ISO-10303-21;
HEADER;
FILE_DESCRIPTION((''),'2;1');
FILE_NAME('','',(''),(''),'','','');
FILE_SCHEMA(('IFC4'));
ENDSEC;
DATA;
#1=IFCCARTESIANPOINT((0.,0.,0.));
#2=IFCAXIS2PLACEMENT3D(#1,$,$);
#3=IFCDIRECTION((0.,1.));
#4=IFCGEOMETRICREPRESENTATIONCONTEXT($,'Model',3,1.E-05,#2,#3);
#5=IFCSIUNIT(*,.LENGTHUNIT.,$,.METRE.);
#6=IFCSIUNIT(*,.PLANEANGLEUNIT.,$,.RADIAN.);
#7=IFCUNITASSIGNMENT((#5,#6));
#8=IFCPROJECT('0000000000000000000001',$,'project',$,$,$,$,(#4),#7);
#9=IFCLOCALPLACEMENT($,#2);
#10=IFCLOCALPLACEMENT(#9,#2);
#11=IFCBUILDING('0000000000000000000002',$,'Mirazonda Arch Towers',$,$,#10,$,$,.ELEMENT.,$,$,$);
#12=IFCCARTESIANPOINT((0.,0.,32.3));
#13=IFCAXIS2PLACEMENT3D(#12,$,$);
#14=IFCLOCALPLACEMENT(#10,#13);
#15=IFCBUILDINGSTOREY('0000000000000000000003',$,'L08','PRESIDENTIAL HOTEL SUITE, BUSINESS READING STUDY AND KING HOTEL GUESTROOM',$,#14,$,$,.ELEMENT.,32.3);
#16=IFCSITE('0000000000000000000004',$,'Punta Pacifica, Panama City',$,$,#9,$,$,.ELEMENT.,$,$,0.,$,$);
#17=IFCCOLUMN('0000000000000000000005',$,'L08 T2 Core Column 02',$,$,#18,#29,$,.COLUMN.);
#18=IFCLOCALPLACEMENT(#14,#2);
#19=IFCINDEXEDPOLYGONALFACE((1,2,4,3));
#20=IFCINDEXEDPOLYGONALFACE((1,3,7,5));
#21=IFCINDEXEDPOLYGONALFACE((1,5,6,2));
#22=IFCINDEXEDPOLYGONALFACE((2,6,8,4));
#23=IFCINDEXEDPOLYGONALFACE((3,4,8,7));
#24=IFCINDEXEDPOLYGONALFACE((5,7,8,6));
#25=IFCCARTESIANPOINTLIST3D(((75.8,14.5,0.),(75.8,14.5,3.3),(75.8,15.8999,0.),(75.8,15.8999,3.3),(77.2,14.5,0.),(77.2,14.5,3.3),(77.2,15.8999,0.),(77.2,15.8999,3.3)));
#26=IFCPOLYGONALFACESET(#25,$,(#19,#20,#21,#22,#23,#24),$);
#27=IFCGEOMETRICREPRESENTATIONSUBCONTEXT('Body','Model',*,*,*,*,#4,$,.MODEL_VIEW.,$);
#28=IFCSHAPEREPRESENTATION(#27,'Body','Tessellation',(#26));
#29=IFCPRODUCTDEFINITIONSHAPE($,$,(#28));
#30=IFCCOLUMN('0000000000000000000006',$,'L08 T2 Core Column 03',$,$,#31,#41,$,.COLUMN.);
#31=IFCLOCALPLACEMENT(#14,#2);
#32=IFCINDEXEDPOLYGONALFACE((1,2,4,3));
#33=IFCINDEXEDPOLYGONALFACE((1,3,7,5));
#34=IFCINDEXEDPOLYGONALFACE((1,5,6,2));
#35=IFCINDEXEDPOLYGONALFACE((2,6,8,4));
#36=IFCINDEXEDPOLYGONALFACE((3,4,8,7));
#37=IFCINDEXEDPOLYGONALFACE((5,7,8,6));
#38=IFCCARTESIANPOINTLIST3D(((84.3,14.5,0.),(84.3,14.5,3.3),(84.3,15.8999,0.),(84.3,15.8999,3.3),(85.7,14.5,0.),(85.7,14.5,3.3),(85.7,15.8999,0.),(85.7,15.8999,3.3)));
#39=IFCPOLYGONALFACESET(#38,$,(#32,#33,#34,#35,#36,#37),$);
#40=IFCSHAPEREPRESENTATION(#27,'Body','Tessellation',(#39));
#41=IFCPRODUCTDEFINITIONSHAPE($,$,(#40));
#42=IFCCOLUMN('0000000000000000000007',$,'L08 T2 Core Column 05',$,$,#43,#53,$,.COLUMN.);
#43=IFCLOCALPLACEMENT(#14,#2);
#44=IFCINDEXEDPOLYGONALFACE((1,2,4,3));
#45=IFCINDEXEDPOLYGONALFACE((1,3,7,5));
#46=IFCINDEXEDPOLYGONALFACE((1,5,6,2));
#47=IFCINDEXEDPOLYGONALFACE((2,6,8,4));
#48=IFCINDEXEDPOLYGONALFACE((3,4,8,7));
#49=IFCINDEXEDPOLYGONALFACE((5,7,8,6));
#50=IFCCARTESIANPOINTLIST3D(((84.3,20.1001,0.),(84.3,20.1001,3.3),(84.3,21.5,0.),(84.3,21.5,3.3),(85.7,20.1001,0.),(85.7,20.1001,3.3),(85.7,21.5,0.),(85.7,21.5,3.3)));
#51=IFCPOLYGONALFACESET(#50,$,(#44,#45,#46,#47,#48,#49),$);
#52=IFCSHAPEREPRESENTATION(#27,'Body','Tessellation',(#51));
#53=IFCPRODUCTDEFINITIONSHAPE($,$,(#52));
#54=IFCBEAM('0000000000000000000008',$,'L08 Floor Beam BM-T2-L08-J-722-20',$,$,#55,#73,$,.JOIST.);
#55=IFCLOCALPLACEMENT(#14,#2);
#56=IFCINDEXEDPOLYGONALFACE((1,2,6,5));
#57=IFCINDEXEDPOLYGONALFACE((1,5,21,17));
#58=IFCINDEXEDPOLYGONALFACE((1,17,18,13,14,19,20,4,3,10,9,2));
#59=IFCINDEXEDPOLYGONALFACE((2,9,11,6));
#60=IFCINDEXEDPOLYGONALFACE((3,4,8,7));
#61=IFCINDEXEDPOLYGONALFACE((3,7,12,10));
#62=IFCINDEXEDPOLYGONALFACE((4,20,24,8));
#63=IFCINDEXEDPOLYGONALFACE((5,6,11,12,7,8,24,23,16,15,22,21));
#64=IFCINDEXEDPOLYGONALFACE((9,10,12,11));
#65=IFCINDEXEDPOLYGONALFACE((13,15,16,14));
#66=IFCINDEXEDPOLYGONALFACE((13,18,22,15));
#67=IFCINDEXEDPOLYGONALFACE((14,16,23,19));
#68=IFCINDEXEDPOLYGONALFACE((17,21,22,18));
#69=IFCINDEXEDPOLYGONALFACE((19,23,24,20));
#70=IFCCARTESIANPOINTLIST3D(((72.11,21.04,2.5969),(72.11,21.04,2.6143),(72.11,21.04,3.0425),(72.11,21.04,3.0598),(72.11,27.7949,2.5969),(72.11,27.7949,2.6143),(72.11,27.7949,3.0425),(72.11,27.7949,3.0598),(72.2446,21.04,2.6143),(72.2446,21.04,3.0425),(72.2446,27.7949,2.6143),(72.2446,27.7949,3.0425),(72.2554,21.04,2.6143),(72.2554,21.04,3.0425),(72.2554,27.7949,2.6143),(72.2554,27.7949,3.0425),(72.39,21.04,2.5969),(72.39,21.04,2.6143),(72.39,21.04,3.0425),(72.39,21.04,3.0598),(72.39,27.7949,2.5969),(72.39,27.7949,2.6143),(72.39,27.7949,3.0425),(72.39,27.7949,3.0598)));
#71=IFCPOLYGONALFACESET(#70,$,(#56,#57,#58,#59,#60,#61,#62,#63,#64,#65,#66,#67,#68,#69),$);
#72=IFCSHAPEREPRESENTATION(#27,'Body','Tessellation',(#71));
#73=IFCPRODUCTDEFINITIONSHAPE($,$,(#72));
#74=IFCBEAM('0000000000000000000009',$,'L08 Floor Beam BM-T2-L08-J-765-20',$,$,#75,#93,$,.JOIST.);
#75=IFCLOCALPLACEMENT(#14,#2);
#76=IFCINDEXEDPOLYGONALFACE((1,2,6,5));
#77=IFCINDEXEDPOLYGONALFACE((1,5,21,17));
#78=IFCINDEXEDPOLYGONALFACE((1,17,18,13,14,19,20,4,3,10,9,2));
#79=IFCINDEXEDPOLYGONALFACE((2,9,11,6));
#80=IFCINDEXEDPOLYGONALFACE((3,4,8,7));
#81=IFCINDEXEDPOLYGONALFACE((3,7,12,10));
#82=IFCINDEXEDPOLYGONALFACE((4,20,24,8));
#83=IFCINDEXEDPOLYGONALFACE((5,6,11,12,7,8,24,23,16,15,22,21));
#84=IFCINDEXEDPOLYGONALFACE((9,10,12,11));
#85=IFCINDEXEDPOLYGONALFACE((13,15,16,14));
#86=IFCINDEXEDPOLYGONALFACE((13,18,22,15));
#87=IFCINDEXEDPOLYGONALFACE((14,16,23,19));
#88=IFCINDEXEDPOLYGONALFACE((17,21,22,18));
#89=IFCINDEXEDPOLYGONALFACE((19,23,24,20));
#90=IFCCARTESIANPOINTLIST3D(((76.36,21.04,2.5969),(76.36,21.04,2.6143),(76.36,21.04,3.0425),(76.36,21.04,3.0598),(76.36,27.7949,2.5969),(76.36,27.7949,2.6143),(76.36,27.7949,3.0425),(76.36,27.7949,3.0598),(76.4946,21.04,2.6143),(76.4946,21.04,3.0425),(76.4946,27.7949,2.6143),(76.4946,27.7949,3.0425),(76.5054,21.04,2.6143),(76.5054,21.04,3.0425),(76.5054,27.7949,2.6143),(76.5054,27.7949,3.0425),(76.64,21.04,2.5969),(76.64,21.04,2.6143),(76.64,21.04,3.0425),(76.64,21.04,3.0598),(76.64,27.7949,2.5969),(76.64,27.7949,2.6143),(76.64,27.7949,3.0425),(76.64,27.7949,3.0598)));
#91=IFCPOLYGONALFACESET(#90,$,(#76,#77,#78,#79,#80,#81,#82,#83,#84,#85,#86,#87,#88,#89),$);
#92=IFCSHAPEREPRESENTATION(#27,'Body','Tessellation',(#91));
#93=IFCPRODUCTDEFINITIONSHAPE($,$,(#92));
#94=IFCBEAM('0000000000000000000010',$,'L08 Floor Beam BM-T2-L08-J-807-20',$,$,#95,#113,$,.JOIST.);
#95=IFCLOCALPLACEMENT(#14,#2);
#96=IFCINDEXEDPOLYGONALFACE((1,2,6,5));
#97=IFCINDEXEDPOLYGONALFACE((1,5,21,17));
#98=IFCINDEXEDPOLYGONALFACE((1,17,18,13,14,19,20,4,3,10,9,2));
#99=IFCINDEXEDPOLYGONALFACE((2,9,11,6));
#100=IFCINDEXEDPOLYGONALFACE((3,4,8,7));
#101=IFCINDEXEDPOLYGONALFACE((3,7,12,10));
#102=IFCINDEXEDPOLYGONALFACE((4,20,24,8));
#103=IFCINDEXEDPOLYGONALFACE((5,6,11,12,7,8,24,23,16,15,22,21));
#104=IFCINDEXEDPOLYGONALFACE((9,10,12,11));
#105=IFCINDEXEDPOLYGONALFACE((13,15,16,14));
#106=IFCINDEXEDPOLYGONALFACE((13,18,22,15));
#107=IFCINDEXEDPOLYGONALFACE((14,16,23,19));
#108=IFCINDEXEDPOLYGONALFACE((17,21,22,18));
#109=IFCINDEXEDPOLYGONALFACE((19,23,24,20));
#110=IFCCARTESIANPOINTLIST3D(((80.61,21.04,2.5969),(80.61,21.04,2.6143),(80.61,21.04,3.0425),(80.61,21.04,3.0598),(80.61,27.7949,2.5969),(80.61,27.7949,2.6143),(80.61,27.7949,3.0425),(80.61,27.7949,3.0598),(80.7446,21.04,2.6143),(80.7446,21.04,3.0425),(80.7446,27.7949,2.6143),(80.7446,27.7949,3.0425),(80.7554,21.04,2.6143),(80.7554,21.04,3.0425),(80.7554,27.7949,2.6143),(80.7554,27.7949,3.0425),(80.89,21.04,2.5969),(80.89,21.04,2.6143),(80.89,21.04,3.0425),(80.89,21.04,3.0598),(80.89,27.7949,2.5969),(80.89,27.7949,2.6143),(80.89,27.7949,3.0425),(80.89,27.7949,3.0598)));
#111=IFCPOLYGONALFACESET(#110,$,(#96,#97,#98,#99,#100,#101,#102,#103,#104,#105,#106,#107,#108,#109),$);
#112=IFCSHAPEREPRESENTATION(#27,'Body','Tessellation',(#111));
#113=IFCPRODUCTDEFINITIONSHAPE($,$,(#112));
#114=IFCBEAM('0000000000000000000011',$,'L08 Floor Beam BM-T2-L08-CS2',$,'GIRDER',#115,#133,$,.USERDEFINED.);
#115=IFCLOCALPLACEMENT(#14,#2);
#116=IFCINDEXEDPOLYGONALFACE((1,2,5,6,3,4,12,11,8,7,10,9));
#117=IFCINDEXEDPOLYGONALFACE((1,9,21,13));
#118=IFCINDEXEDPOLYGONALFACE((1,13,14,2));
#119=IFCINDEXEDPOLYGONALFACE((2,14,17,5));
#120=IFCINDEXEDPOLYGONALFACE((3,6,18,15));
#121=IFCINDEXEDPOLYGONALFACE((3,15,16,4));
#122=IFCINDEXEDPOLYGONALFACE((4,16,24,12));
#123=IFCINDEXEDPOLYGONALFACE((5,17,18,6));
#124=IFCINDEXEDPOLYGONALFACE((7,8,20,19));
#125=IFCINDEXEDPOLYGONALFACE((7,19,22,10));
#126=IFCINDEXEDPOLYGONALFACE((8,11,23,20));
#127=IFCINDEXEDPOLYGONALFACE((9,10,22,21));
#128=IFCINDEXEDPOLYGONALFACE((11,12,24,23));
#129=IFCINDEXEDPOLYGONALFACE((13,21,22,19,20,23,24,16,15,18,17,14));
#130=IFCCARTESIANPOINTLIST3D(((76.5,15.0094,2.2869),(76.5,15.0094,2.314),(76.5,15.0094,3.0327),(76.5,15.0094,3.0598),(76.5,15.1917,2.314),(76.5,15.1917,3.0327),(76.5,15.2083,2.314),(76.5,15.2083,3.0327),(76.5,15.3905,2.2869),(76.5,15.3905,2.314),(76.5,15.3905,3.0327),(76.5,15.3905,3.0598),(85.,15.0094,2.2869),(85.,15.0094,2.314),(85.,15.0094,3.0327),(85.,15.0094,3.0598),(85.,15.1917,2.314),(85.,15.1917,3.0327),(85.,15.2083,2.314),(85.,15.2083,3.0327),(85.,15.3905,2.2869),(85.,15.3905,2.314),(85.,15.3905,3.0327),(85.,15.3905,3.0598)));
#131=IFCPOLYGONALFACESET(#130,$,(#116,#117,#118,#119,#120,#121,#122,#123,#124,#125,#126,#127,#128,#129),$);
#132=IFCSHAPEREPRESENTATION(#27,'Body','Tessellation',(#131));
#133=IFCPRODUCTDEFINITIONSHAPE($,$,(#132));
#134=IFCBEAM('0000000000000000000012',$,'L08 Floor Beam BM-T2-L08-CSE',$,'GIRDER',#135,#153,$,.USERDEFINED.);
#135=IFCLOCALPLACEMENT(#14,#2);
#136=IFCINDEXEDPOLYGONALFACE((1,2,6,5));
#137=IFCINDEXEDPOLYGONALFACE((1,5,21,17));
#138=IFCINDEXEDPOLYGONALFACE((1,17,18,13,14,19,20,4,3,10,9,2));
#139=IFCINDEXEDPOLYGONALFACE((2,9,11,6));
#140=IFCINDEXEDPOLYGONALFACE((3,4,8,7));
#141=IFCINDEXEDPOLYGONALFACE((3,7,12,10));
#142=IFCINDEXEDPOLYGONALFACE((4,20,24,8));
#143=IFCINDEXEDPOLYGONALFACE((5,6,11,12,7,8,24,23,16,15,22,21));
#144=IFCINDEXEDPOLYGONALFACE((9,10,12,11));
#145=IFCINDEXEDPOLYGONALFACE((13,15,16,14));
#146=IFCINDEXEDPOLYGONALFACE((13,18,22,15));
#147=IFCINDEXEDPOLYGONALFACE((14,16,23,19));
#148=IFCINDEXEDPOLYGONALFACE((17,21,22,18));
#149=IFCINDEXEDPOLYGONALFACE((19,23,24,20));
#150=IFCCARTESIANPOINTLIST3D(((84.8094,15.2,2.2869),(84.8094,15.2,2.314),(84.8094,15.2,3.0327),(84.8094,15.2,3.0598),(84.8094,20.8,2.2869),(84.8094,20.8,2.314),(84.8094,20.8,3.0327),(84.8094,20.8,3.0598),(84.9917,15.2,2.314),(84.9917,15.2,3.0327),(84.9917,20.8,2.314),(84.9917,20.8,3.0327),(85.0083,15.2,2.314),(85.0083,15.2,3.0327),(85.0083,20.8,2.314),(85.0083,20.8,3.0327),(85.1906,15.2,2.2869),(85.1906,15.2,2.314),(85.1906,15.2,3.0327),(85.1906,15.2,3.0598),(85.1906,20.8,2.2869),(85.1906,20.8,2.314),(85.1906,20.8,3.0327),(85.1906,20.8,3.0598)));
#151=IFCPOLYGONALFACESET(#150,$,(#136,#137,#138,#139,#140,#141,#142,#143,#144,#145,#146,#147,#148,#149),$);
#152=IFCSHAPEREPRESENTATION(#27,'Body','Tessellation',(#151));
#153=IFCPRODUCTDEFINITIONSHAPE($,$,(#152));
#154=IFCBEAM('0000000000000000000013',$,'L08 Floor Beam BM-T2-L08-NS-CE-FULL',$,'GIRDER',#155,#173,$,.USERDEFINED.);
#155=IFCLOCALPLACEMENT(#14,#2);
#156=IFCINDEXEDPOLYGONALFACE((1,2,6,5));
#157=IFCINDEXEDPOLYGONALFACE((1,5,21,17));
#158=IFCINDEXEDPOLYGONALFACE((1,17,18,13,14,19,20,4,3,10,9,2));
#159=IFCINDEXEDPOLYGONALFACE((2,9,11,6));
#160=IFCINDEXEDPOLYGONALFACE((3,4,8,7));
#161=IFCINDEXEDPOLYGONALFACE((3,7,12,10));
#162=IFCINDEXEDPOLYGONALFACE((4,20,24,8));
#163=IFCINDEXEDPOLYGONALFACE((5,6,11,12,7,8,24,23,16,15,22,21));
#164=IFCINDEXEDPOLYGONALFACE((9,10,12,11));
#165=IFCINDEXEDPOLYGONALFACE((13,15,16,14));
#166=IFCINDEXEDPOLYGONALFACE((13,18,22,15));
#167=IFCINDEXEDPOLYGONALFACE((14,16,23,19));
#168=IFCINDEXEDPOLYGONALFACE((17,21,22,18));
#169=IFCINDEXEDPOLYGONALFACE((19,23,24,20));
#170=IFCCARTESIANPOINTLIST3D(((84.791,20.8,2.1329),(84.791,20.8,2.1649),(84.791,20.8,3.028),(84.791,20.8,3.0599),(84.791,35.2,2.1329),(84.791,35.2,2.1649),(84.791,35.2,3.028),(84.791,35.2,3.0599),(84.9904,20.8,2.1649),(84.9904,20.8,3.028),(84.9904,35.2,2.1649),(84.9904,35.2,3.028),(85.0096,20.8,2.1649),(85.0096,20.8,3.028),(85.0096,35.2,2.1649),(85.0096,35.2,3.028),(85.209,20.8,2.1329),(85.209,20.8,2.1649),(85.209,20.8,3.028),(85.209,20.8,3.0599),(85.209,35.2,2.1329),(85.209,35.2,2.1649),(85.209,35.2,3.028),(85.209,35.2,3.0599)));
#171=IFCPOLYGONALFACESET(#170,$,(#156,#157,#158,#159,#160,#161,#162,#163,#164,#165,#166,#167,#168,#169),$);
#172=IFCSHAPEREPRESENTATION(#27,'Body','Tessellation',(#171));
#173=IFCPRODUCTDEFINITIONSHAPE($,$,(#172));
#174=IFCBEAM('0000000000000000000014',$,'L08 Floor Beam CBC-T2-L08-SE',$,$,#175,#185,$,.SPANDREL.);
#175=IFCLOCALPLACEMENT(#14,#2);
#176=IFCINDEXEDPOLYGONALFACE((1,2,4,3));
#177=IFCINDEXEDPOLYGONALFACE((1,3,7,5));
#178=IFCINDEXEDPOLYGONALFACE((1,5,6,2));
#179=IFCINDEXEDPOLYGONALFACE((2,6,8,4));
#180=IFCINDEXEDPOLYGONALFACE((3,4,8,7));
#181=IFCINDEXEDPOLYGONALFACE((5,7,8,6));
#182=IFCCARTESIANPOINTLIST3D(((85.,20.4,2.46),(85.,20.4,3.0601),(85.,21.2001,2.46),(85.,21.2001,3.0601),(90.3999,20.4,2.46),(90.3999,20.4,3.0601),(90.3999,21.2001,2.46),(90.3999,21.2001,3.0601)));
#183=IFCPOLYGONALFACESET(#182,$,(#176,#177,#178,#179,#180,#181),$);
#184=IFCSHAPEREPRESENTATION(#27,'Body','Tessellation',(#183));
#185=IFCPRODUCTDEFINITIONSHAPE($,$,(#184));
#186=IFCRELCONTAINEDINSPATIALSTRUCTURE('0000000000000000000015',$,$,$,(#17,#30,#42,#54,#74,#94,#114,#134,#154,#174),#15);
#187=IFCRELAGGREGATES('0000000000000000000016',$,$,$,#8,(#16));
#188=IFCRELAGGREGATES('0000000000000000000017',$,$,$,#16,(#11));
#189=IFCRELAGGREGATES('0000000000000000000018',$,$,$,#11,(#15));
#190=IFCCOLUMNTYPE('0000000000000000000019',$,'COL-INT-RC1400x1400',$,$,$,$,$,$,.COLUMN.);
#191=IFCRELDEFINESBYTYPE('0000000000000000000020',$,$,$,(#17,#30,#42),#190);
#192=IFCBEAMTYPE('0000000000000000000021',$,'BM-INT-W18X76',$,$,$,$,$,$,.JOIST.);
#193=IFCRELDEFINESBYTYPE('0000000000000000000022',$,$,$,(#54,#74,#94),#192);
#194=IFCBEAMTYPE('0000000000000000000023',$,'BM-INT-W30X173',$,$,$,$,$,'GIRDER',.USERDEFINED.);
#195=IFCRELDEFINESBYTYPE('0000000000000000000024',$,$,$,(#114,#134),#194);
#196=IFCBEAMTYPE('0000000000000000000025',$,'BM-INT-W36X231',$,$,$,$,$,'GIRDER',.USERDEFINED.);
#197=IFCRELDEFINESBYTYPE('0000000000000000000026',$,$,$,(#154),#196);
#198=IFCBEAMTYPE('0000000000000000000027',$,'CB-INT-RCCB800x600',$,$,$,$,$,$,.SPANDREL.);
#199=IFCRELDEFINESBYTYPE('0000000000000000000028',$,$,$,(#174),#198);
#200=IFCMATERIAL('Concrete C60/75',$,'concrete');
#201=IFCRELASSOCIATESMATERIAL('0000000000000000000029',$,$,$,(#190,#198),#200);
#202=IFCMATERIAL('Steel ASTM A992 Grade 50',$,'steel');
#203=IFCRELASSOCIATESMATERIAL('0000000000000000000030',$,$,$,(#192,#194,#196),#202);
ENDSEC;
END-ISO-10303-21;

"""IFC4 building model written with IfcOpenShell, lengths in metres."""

from ifc_helpers import new_model, si_unit, direction, frame, origin, origin_2d, place, context, subcontext, project, spatial, rectangle, i_section, extrude, material, material_profile, profile_set, type_object, element, save


model = new_model("IFC4")

# Units and contexts
model_context = context("Model", 3, precision=1e-05, world=origin(), true_north=direction((0.0, 1.0)))
body_context = subcontext(model_context, "Body", "Model", "MODEL_VIEW")
ifc_project = project(units=[si_unit("LENGTHUNIT", "METRE"), si_unit("PLANEANGLEUNIT", "RADIAN")], contexts=[model_context])

# Site, building, storey
site_placement = place(None, origin())
site = spatial("IfcSite", under=ifc_project, at=site_placement, Name="Punta Pacifica, Panama City", CompositionType="ELEMENT", RefElevation=0.0)
building_placement = place(site_placement, origin())
building = spatial("IfcBuilding", under=site, at=building_placement, Name="Mirazonda Arch Towers", CompositionType="ELEMENT")
storey_placement = place(building_placement, frame((0.0, 0.0, 32.3)))
storey = spatial("IfcBuildingStorey", under=building, at=storey_placement, Name="L08", Description="PRESIDENTIAL HOTEL SUITE, BUSINESS READING STUDY AND KING HOTEL GUESTROOM", CompositionType="ELEMENT", Elevation=32.3)

# Columns
ifc_material_1 = material(Name="Concrete C60/75", Category="concrete")
ifc_material_profile_1 = material_profile(ifc_material_1, rectangle(XDim=1.3999, YDim=1.3999, at=origin_2d()), Name="RC1400x1400")
ifc_profile_set_1 = profile_set([ifc_material_profile_1], Name="Concrete C60/75")
column_type = type_object("IfcColumnType", Name="COL-INT-RC1400x1400", PredefinedType="COLUMN", material=ifc_profile_set_1)
for number, where, z_axis, x_axis, name in (
    (1, (76.5, 15.2, 0.0), (0.0, 0.0, 1.0), (1.0, 0.0, 0.0), "L08 T2 Core Column 02"),
    (2, (85.0, 15.2, 0.0), (0.0, 0.0, 1.0), (1.0, 0.0, 0.0), "L08 T2 Core Column 03"),
    (3, (85.0, 20.8, 0.0), (0.0, 0.0, 1.0), (1.0, 0.0, 0.0), "L08 T2 Core Column 05"),
):
    element("IfcColumn", number, at=place(storey_placement, frame(where, z_axis=z_axis, x_axis=x_axis)), inside=storey, type_object=column_type, Name=name, PredefinedType="COLUMN", context=body_context, shape_type="SweptSolid", body=[
        extrude(rectangle(XDim=1.3999, YDim=1.3999, at=origin_2d()), origin(), (0.0, 0.0, 1.0), 3.3),
    ])

# Beams
ifc_material_2 = material(Name="Steel ASTM A992 Grade 50", Category="steel")
ifc_material_profile_2 = material_profile(ifc_material_2, i_section(OverallWidth=0.28, OverallDepth=0.4629, WebThickness=0.0107, FlangeThickness=0.0173, at=origin_2d()), Name="W18X76")
ifc_profile_set_2 = profile_set([ifc_material_profile_2], Name="Steel ASTM A992 Grade 50")
beam_type_1 = type_object("IfcBeamType", Name="BM-INT-W18X76", PredefinedType="JOIST", material=ifc_profile_set_2)
for number, where, z_axis, x_axis, name in (
    (4, (72.25, 21.04, 2.8284), (0.0, 1.0, 0.0), (-1.0, 0.0, 0.0), "L08 Floor Beam BM-T2-L08-J-722-20"),
    (5, (76.5, 21.04, 2.8284), (0.0, 1.0, 0.0), (-1.0, 0.0, 0.0), "L08 Floor Beam BM-T2-L08-J-765-20"),
    (6, (80.75, 21.04, 2.8284), (0.0, 1.0, 0.0), (-1.0, 0.0, 0.0), "L08 Floor Beam BM-T2-L08-J-807-20"),
):
    element("IfcBeam", number, at=place(storey_placement, frame(where, z_axis=z_axis, x_axis=x_axis)), inside=storey, type_object=beam_type_1, Name=name, PredefinedType="JOIST", context=body_context, shape_type="SweptSolid", body=[
        extrude(i_section(OverallWidth=0.28, OverallDepth=0.4629, WebThickness=0.0107, FlangeThickness=0.0173, at=origin_2d()), origin(), (0.0, 0.0, 1.0), 6.7549),
    ])
ifc_material_profile_3 = material_profile(ifc_material_2, i_section(OverallWidth=0.3811, OverallDepth=0.7729, WebThickness=0.0166, FlangeThickness=0.0271, at=origin_2d()), Name="W30X173")
ifc_profile_set_3 = profile_set([ifc_material_profile_3], Name="Steel ASTM A992 Grade 50")
beam_type_2 = type_object("IfcBeamType", Name="BM-INT-W30X173", ElementType="GIRDER", PredefinedType="USERDEFINED", material=ifc_profile_set_3)
beam_1_placement = place(storey_placement, frame((76.5, 15.2, 2.6733), z_axis=(1.0, 0.0, 0.0), x_axis=(0.0, 1.0, 0.0)))
element("IfcBeam", 7, at=beam_1_placement, inside=storey, type_object=beam_type_2, Name="L08 Floor Beam BM-T2-L08-CS2", ObjectType="GIRDER", PredefinedType="USERDEFINED", context=body_context, shape_type="SweptSolid", body=[
    extrude(i_section(OverallWidth=0.3811, OverallDepth=0.7729, WebThickness=0.0166, FlangeThickness=0.0271, at=origin_2d()), origin(), (0.0, 0.0, 1.0), 8.5),
])
beam_2_placement = place(storey_placement, frame((85.0, 15.2, 2.6733), z_axis=(0.0, 1.0, 0.0), x_axis=(-1.0, 0.0, 0.0)))
element("IfcBeam", 8, at=beam_2_placement, inside=storey, type_object=beam_type_2, Name="L08 Floor Beam BM-T2-L08-CSE", ObjectType="GIRDER", PredefinedType="USERDEFINED", context=body_context, shape_type="SweptSolid", body=[
    extrude(i_section(OverallWidth=0.3811, OverallDepth=0.7729, WebThickness=0.0166, FlangeThickness=0.0271, at=origin_2d()), origin(), (0.0, 0.0, 1.0), 5.6001),
])
ifc_material_profile_4 = material_profile(ifc_material_2, i_section(OverallWidth=0.418, OverallDepth=0.927, WebThickness=0.0193, FlangeThickness=0.032, at=origin_2d()), Name="W36X231")
ifc_profile_set_4 = profile_set([ifc_material_profile_4], Name="Steel ASTM A992 Grade 50")
beam_type_3 = type_object("IfcBeamType", Name="BM-INT-W36X231", ElementType="GIRDER", PredefinedType="USERDEFINED", material=ifc_profile_set_4)
beam_3_placement = place(storey_placement, frame((85.0, 20.8, 2.5964), z_axis=(0.0, 1.0, 0.0), x_axis=(-1.0, 0.0, 0.0)))
element("IfcBeam", 9, at=beam_3_placement, inside=storey, type_object=beam_type_3, Name="L08 Floor Beam BM-T2-L08-NS-CE-FULL", ObjectType="GIRDER", PredefinedType="USERDEFINED", context=body_context, shape_type="SweptSolid", body=[
    extrude(i_section(OverallWidth=0.418, OverallDepth=0.927, WebThickness=0.0193, FlangeThickness=0.032, at=origin_2d()), origin(), (0.0, 0.0, 1.0), 14.3999),
])
ifc_material_profile_5 = material_profile(ifc_material_1, rectangle(XDim=0.8, YDim=0.6001, at=origin_2d()), Name="RCCB800x600")
ifc_profile_set_5 = profile_set([ifc_material_profile_5], Name="Concrete C60/75")
beam_type_4 = type_object("IfcBeamType", Name="CB-INT-RCCB800x600", PredefinedType="SPANDREL", material=ifc_profile_set_5)
beam_4_placement = place(storey_placement, frame((85.0, 20.8, 2.76), z_axis=(1.0, 0.0, 0.0), x_axis=(0.0, 1.0, 0.0)))
element("IfcBeam", 10, at=beam_4_placement, inside=storey, type_object=beam_type_4, Name="L08 Floor Beam CBC-T2-L08-SE", PredefinedType="SPANDREL", context=body_context, shape_type="SweptSolid", body=[
    extrude(rectangle(XDim=0.8, YDim=0.6001, at=origin_2d()), origin(), (0.0, 0.0, 1.0), 5.3999),
])

save(model, "model.ifc")
